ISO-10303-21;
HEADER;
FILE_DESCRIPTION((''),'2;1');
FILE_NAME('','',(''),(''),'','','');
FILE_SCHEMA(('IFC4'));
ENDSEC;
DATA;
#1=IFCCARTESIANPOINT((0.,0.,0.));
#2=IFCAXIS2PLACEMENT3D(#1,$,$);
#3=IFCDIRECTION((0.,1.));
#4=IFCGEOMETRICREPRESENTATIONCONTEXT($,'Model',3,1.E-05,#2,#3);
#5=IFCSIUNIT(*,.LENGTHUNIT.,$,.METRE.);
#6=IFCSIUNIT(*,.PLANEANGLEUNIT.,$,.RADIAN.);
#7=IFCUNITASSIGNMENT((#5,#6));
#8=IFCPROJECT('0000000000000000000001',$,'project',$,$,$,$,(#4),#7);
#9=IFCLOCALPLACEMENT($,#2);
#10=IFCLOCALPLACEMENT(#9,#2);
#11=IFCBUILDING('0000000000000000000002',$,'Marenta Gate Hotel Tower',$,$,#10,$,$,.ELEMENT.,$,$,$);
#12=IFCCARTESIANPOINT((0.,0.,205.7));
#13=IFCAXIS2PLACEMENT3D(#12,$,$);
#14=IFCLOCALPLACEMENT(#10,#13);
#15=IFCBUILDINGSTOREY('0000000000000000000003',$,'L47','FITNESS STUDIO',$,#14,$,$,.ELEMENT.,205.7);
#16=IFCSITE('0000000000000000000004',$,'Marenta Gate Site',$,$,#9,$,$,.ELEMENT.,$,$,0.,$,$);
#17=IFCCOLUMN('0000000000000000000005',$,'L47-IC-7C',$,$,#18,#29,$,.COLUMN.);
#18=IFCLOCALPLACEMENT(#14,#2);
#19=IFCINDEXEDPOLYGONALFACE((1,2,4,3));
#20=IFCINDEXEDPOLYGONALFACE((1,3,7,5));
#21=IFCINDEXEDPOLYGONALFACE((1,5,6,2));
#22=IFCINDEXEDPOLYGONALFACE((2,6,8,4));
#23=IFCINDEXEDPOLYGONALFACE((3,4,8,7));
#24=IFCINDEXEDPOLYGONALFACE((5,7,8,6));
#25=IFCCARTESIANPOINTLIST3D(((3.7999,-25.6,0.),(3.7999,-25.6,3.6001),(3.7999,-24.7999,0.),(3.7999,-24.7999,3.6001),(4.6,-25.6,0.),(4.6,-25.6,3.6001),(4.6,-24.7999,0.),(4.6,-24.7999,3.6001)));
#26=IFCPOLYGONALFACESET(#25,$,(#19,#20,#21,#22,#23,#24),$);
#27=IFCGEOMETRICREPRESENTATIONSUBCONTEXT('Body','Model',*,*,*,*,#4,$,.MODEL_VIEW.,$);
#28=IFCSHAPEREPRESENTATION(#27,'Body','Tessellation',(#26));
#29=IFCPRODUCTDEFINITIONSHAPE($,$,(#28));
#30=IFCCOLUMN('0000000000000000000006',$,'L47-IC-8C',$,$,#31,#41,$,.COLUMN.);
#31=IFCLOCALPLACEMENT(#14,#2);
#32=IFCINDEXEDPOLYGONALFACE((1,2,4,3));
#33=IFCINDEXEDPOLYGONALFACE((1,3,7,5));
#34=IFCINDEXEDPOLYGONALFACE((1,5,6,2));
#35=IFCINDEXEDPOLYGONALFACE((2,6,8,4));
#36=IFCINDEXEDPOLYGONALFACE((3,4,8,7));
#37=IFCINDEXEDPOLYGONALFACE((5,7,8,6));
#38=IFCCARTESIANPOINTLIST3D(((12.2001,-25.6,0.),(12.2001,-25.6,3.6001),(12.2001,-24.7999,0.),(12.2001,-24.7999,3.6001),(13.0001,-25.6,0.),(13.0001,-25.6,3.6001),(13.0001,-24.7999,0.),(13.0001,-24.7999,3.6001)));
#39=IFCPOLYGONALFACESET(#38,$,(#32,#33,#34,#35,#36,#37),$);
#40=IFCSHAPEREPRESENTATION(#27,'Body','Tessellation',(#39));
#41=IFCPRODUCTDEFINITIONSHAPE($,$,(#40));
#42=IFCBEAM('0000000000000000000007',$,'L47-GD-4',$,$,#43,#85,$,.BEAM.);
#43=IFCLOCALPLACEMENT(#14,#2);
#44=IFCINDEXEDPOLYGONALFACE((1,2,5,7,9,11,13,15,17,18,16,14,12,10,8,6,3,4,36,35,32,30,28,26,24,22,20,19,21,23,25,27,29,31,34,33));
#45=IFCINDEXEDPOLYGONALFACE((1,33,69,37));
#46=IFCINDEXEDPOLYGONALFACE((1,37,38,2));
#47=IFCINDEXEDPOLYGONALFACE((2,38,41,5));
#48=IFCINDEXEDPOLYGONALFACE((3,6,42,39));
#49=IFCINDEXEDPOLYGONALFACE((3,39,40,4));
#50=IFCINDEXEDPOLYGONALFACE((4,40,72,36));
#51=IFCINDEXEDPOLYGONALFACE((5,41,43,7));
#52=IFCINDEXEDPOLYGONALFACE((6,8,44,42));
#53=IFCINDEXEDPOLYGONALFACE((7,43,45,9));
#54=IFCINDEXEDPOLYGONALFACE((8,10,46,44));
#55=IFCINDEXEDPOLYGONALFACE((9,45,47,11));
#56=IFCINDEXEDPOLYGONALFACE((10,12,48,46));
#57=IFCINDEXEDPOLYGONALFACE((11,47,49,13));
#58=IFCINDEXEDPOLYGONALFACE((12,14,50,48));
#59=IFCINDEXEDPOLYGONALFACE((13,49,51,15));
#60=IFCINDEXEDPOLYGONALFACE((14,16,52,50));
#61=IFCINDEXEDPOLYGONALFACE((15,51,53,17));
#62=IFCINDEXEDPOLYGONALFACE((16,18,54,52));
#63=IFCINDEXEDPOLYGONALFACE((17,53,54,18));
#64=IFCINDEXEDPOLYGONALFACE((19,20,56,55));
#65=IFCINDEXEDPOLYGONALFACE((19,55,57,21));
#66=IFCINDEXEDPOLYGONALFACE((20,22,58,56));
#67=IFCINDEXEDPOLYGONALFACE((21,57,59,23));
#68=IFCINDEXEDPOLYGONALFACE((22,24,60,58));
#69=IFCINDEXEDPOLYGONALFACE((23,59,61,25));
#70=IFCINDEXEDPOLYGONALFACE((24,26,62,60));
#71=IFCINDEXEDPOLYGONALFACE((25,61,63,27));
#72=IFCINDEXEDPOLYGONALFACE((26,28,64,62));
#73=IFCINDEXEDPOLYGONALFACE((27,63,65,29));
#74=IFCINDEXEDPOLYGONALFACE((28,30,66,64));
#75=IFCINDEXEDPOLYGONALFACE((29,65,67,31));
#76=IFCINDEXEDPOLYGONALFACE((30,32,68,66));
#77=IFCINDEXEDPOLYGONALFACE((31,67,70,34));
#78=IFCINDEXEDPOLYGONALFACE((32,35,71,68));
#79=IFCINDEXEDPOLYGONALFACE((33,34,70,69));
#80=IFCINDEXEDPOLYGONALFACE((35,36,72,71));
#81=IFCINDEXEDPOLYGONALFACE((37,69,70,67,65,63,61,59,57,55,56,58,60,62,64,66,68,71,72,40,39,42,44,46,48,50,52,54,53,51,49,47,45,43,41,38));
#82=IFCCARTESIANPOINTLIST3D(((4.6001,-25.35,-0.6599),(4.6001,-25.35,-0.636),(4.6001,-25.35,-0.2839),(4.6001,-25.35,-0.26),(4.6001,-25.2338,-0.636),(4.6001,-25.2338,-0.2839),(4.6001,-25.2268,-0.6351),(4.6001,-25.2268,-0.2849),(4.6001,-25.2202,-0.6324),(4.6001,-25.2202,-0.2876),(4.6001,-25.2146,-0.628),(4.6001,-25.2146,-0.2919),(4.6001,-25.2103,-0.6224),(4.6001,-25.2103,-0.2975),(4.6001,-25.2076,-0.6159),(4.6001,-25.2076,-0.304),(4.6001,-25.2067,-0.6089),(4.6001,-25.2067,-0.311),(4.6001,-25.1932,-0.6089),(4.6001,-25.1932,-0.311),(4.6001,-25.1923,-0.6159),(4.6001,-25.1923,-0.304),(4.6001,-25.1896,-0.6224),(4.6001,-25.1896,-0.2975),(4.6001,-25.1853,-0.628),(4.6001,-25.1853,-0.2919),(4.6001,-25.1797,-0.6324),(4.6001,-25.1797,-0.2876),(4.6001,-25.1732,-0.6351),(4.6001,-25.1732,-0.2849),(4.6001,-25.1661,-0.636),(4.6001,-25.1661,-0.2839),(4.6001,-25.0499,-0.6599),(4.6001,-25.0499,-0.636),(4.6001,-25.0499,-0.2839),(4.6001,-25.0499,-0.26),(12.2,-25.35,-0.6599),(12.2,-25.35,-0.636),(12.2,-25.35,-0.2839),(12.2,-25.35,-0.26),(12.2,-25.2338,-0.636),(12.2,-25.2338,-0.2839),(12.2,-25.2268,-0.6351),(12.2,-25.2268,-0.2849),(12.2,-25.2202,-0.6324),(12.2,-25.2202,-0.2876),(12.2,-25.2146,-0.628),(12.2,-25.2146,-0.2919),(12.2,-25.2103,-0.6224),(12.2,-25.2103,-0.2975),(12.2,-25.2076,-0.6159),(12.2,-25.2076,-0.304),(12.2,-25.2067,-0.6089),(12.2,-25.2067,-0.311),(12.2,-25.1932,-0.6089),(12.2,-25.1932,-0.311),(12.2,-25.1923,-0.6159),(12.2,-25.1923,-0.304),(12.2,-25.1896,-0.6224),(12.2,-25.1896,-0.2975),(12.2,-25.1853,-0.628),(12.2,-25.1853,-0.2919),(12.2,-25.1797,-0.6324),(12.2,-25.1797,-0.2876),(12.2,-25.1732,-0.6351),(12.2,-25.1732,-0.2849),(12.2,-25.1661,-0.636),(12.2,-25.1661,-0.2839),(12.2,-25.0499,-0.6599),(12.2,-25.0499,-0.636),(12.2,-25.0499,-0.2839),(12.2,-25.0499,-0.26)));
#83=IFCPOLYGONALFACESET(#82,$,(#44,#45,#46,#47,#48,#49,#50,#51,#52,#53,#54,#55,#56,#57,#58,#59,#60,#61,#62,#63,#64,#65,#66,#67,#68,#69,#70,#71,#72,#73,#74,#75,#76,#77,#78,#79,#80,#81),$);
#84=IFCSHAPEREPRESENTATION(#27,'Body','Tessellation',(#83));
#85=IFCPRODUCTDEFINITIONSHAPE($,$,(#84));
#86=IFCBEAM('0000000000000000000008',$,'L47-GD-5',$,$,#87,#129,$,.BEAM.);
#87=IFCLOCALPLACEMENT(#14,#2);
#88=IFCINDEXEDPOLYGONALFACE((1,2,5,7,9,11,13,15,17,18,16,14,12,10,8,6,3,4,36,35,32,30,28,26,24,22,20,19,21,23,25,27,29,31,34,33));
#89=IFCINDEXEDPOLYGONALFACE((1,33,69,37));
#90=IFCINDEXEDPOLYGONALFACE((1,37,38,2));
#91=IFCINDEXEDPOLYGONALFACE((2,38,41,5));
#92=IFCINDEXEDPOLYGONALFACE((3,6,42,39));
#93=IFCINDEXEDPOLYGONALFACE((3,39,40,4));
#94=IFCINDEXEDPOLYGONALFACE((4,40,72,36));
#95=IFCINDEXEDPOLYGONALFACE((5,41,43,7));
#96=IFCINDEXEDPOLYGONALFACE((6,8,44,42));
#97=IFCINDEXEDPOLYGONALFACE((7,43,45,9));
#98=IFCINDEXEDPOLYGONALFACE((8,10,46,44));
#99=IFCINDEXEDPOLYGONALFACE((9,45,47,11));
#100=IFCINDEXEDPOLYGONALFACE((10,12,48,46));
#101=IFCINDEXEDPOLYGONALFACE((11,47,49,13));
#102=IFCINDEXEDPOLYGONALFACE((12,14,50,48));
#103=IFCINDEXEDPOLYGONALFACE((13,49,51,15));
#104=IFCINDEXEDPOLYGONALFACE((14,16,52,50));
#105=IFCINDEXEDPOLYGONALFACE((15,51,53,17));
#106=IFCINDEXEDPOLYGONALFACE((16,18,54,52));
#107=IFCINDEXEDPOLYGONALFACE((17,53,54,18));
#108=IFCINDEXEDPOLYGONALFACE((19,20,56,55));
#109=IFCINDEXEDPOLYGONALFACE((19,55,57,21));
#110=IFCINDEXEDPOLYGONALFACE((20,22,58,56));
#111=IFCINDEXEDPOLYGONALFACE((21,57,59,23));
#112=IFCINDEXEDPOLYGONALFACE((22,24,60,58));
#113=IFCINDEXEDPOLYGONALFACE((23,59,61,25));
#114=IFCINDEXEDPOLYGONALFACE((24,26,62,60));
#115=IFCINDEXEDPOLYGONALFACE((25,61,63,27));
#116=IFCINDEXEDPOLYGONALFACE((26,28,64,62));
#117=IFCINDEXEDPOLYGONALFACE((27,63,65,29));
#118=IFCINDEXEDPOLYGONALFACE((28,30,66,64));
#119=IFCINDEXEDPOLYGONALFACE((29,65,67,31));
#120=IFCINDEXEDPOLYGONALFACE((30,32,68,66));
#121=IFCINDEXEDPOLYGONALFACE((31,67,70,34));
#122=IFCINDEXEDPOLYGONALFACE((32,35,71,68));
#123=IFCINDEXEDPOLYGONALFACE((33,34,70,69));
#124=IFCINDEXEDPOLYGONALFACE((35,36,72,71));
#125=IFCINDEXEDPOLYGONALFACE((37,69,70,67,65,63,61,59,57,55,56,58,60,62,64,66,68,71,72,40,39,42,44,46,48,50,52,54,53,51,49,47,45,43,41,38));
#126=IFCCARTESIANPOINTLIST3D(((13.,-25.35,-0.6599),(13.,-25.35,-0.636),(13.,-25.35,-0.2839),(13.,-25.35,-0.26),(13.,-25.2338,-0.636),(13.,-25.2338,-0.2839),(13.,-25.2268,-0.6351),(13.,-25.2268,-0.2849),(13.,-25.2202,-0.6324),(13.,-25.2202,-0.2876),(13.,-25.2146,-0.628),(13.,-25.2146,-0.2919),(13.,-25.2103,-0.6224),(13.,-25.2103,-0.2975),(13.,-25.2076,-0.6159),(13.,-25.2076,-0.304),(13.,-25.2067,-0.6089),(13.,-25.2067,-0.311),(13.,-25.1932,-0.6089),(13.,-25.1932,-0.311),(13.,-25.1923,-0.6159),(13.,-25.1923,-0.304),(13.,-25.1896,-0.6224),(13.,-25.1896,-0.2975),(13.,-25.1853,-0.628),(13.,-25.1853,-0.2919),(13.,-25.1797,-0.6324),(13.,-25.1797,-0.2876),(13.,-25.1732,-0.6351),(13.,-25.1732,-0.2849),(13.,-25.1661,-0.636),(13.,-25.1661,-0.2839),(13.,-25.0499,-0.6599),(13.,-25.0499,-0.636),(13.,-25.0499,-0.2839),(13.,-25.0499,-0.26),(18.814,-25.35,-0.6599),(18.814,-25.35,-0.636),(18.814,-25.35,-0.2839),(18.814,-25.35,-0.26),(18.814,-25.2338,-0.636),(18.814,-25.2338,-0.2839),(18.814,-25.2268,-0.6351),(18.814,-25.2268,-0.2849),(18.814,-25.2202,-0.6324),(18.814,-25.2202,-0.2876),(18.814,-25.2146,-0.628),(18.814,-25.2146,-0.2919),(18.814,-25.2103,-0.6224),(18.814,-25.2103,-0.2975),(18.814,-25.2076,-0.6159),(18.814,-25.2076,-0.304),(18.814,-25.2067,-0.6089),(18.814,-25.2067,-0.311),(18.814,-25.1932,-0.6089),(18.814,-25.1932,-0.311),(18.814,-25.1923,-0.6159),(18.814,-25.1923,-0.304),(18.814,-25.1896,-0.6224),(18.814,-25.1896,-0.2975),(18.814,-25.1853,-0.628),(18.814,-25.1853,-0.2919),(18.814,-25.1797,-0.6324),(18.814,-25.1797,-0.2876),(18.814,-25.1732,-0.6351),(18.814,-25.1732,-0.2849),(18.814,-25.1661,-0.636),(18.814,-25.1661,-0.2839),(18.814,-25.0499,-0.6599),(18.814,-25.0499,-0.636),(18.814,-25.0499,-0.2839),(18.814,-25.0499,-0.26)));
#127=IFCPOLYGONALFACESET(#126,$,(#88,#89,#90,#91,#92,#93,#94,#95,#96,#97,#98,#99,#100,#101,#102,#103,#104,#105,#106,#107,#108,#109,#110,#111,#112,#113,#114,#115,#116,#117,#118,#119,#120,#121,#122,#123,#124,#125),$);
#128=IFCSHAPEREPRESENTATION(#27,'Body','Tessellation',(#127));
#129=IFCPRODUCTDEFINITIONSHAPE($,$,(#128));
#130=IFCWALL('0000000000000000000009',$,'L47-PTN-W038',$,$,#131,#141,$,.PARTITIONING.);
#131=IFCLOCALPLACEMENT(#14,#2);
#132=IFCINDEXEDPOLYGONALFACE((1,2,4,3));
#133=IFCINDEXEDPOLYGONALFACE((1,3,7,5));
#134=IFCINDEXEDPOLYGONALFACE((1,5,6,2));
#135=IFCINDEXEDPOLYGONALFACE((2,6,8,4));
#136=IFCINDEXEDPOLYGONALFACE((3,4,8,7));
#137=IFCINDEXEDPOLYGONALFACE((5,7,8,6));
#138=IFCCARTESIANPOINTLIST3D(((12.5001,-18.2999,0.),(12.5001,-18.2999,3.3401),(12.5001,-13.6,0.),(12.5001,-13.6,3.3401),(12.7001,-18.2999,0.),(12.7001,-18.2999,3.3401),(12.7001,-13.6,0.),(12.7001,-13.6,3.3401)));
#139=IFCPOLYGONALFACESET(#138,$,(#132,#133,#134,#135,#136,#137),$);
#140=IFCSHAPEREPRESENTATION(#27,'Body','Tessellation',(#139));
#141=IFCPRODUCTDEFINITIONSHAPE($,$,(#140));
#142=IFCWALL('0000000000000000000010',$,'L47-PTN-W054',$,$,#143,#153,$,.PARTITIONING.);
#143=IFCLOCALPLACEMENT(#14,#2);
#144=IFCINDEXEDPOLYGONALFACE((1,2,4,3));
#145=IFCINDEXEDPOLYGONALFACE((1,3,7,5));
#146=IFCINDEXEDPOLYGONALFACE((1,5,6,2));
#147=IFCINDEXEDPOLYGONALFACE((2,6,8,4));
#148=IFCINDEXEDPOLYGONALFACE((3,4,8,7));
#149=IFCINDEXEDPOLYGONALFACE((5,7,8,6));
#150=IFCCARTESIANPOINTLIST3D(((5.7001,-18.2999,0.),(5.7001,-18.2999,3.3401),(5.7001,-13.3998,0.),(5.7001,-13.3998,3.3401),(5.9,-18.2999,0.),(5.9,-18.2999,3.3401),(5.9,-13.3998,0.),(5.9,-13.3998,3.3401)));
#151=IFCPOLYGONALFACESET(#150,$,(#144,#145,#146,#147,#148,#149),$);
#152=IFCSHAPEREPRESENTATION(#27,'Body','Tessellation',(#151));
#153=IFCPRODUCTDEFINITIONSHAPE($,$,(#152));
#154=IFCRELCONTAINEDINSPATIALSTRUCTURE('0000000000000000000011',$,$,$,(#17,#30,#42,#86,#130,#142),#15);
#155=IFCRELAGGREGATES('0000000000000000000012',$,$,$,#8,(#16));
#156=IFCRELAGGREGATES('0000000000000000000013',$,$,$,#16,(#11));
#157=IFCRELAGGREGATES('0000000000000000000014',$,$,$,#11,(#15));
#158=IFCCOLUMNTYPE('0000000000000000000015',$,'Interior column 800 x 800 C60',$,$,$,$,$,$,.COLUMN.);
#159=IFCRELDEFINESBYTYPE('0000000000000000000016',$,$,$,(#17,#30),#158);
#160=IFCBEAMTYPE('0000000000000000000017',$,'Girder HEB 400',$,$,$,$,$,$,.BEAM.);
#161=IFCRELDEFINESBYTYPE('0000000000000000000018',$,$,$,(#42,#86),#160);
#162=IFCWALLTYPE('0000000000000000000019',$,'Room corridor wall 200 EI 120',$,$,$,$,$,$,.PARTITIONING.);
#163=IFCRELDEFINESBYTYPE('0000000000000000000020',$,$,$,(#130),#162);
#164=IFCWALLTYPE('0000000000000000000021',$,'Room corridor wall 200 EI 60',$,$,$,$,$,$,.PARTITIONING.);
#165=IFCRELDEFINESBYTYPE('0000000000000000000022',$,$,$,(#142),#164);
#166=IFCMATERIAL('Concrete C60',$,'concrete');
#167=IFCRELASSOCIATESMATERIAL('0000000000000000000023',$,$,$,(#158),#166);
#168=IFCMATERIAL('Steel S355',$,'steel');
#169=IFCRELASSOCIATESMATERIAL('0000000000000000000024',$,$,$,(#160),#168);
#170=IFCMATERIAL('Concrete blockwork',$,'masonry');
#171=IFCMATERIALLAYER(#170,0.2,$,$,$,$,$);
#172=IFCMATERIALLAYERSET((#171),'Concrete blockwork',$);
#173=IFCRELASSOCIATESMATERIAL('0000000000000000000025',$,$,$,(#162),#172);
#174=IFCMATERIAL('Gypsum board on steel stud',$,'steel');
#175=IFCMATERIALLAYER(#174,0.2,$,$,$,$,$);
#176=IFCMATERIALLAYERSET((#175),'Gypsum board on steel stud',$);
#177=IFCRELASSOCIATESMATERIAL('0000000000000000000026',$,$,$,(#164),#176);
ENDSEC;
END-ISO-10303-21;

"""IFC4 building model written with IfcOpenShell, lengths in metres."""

from ifc_helpers import new_model, si_unit, direction, frame, frame_2d, origin, origin_2d, place, context, subcontext, project, spatial, rectangle, i_section, extrude, material, layer, layer_set, material_profile, profile_set, type_object, element, save


model = new_model("IFC4")

# Units and contexts
model_context = context("Model", 3, precision=1e-05, world=origin(), true_north=direction((0.0, 1.0)))
body_context = subcontext(model_context, "Body", "Model", "MODEL_VIEW")
ifc_project = project(units=[si_unit("LENGTHUNIT", "METRE"), si_unit("PLANEANGLEUNIT", "RADIAN")], contexts=[model_context])

# Site, building, storey
site_placement = place(None, origin())
site = spatial("IfcSite", under=ifc_project, at=site_placement, Name="Marenta Gate Site", CompositionType="ELEMENT", RefElevation=0.0)
building_placement = place(site_placement, origin())
building = spatial("IfcBuilding", under=site, at=building_placement, Name="Marenta Gate Hotel Tower", CompositionType="ELEMENT")
storey_placement = place(building_placement, frame((0.0, 0.0, 205.7)))
storey = spatial("IfcBuildingStorey", under=building, at=storey_placement, Name="L47", Description="FITNESS STUDIO", CompositionType="ELEMENT", Elevation=205.7)

# Columns
ifc_material_1 = material(Name="Concrete C60", Category="concrete")
ifc_material_profile_1 = material_profile(ifc_material_1, rectangle(XDim=0.8, YDim=0.8, at=origin_2d()), Name="800 x 800")
ifc_profile_set_1 = profile_set([ifc_material_profile_1], Name="Concrete C60")
column_type = type_object("IfcColumnType", Name="Interior column 800 x 800 C60", PredefinedType="COLUMN", material=ifc_profile_set_1)
for number, where, z_axis, x_axis, name in (
    (1, (4.2, -25.2, 0.0), (0.0, 0.0, 1.0), (1.0, 0.0, 0.0), "L47-IC-7C"),
    (2, (12.6001, -25.2, 0.0), (0.0, 0.0, 1.0), (1.0, 0.0, 0.0), "L47-IC-8C"),
):
    element("IfcColumn", number, at=place(storey_placement, frame(where, z_axis=z_axis, x_axis=x_axis)), inside=storey, type_object=column_type, Name=name, PredefinedType="COLUMN", context=body_context, shape_type="SweptSolid", body=[
        extrude(rectangle(XDim=0.8, YDim=0.8, at=origin_2d()), origin(), (0.0, 0.0, 1.0), 3.6001),
    ])

# Beams
ifc_material_2 = material(Name="Steel S355", Category="steel")
ifc_material_profile_2 = material_profile(ifc_material_2, i_section(OverallWidth=0.3, OverallDepth=0.3999, WebThickness=0.0134, FlangeThickness=0.0239, FilletRadius=0.0271, at=origin_2d()), Name="HEB 400")
ifc_profile_set_2 = profile_set([ifc_material_profile_2], Name="Steel S355")
beam_type = type_object("IfcBeamType", Name="Girder HEB 400", PredefinedType="BEAM", material=ifc_profile_set_2)
beam_1_placement = place(storey_placement, frame((4.6001, -25.2, -0.46), z_axis=(1.0, 0.0, 0.0), x_axis=(0.0, 1.0, 0.0)))
element("IfcBeam", 3, at=beam_1_placement, inside=storey, type_object=beam_type, Name="L47-GD-4", PredefinedType="BEAM", context=body_context, shape_type="SweptSolid", body=[
    extrude(i_section(OverallWidth=0.3, OverallDepth=0.3999, WebThickness=0.0134, FlangeThickness=0.0239, FilletRadius=0.0271, at=origin_2d()), origin(), (0.0, 0.0, 1.0), 7.5999),
])
beam_2_placement = place(storey_placement, frame((13.0, -25.2, -0.46), z_axis=(1.0, 0.0, 0.0), x_axis=(0.0, 1.0, 0.0)))
element("IfcBeam", 4, at=beam_2_placement, inside=storey, type_object=beam_type, Name="L47-GD-5", PredefinedType="BEAM", context=body_context, shape_type="SweptSolid", body=[
    extrude(i_section(OverallWidth=0.3, OverallDepth=0.3999, WebThickness=0.0134, FlangeThickness=0.0239, FilletRadius=0.0271, at=origin_2d()), origin(), (0.0, 0.0, 1.0), 5.814),
])

# Wall
ifc_material_3 = material(Name="Concrete blockwork", Category="masonry")
ifc_layer_1 = layer(ifc_material_3, 0.2)
ifc_layer_set_1 = layer_set([ifc_layer_1], Name="Concrete blockwork")
wall_type_1 = type_object("IfcWallType", Name="Room corridor wall 200 EI 120", PredefinedType="PARTITIONING", material=ifc_layer_set_1)
wall_1_placement = place(storey_placement, frame((12.6001, -18.3, 0.0), z_axis=(0.0, 0.0, 1.0), x_axis=(0.0, 1.0, 0.0)))
element("IfcWall", 5, at=wall_1_placement, inside=storey, type_object=wall_type_1, Name="L47-PTN-W038", PredefinedType="PARTITIONING", context=body_context, shape_type="SweptSolid", body=[
    extrude(rectangle(XDim=4.7, YDim=0.2, at=frame_2d((2.3501, 0.0))), origin(), (0.0, 0.0, 1.0), 3.3401),
])

# Shared definitions
ifc_material_4 = material(Name="Gypsum board on steel stud", Category="steel")
ifc_layer_2 = layer(ifc_material_4, 0.2)
ifc_layer_set_2 = layer_set([ifc_layer_2], Name="Gypsum board on steel stud")
wall_type_2 = type_object("IfcWallType", Name="Room corridor wall 200 EI 60", PredefinedType="PARTITIONING", material=ifc_layer_set_2)

# Wall
wall_2_placement = place(storey_placement, frame((5.8, -18.3, 0.0), z_axis=(0.0, 0.0, 1.0), x_axis=(0.0, 1.0, 0.0)))
element("IfcWall", 6, at=wall_2_placement, inside=storey, type_object=wall_type_2, Name="L47-PTN-W054", PredefinedType="PARTITIONING", context=body_context, shape_type="SweptSolid", body=[
    extrude(rectangle(XDim=4.9001, YDim=0.2, at=frame_2d((2.4502, 0.0))), origin(), (0.0, 0.0, 1.0), 3.3401),
])

save(model, "model.ifc")
